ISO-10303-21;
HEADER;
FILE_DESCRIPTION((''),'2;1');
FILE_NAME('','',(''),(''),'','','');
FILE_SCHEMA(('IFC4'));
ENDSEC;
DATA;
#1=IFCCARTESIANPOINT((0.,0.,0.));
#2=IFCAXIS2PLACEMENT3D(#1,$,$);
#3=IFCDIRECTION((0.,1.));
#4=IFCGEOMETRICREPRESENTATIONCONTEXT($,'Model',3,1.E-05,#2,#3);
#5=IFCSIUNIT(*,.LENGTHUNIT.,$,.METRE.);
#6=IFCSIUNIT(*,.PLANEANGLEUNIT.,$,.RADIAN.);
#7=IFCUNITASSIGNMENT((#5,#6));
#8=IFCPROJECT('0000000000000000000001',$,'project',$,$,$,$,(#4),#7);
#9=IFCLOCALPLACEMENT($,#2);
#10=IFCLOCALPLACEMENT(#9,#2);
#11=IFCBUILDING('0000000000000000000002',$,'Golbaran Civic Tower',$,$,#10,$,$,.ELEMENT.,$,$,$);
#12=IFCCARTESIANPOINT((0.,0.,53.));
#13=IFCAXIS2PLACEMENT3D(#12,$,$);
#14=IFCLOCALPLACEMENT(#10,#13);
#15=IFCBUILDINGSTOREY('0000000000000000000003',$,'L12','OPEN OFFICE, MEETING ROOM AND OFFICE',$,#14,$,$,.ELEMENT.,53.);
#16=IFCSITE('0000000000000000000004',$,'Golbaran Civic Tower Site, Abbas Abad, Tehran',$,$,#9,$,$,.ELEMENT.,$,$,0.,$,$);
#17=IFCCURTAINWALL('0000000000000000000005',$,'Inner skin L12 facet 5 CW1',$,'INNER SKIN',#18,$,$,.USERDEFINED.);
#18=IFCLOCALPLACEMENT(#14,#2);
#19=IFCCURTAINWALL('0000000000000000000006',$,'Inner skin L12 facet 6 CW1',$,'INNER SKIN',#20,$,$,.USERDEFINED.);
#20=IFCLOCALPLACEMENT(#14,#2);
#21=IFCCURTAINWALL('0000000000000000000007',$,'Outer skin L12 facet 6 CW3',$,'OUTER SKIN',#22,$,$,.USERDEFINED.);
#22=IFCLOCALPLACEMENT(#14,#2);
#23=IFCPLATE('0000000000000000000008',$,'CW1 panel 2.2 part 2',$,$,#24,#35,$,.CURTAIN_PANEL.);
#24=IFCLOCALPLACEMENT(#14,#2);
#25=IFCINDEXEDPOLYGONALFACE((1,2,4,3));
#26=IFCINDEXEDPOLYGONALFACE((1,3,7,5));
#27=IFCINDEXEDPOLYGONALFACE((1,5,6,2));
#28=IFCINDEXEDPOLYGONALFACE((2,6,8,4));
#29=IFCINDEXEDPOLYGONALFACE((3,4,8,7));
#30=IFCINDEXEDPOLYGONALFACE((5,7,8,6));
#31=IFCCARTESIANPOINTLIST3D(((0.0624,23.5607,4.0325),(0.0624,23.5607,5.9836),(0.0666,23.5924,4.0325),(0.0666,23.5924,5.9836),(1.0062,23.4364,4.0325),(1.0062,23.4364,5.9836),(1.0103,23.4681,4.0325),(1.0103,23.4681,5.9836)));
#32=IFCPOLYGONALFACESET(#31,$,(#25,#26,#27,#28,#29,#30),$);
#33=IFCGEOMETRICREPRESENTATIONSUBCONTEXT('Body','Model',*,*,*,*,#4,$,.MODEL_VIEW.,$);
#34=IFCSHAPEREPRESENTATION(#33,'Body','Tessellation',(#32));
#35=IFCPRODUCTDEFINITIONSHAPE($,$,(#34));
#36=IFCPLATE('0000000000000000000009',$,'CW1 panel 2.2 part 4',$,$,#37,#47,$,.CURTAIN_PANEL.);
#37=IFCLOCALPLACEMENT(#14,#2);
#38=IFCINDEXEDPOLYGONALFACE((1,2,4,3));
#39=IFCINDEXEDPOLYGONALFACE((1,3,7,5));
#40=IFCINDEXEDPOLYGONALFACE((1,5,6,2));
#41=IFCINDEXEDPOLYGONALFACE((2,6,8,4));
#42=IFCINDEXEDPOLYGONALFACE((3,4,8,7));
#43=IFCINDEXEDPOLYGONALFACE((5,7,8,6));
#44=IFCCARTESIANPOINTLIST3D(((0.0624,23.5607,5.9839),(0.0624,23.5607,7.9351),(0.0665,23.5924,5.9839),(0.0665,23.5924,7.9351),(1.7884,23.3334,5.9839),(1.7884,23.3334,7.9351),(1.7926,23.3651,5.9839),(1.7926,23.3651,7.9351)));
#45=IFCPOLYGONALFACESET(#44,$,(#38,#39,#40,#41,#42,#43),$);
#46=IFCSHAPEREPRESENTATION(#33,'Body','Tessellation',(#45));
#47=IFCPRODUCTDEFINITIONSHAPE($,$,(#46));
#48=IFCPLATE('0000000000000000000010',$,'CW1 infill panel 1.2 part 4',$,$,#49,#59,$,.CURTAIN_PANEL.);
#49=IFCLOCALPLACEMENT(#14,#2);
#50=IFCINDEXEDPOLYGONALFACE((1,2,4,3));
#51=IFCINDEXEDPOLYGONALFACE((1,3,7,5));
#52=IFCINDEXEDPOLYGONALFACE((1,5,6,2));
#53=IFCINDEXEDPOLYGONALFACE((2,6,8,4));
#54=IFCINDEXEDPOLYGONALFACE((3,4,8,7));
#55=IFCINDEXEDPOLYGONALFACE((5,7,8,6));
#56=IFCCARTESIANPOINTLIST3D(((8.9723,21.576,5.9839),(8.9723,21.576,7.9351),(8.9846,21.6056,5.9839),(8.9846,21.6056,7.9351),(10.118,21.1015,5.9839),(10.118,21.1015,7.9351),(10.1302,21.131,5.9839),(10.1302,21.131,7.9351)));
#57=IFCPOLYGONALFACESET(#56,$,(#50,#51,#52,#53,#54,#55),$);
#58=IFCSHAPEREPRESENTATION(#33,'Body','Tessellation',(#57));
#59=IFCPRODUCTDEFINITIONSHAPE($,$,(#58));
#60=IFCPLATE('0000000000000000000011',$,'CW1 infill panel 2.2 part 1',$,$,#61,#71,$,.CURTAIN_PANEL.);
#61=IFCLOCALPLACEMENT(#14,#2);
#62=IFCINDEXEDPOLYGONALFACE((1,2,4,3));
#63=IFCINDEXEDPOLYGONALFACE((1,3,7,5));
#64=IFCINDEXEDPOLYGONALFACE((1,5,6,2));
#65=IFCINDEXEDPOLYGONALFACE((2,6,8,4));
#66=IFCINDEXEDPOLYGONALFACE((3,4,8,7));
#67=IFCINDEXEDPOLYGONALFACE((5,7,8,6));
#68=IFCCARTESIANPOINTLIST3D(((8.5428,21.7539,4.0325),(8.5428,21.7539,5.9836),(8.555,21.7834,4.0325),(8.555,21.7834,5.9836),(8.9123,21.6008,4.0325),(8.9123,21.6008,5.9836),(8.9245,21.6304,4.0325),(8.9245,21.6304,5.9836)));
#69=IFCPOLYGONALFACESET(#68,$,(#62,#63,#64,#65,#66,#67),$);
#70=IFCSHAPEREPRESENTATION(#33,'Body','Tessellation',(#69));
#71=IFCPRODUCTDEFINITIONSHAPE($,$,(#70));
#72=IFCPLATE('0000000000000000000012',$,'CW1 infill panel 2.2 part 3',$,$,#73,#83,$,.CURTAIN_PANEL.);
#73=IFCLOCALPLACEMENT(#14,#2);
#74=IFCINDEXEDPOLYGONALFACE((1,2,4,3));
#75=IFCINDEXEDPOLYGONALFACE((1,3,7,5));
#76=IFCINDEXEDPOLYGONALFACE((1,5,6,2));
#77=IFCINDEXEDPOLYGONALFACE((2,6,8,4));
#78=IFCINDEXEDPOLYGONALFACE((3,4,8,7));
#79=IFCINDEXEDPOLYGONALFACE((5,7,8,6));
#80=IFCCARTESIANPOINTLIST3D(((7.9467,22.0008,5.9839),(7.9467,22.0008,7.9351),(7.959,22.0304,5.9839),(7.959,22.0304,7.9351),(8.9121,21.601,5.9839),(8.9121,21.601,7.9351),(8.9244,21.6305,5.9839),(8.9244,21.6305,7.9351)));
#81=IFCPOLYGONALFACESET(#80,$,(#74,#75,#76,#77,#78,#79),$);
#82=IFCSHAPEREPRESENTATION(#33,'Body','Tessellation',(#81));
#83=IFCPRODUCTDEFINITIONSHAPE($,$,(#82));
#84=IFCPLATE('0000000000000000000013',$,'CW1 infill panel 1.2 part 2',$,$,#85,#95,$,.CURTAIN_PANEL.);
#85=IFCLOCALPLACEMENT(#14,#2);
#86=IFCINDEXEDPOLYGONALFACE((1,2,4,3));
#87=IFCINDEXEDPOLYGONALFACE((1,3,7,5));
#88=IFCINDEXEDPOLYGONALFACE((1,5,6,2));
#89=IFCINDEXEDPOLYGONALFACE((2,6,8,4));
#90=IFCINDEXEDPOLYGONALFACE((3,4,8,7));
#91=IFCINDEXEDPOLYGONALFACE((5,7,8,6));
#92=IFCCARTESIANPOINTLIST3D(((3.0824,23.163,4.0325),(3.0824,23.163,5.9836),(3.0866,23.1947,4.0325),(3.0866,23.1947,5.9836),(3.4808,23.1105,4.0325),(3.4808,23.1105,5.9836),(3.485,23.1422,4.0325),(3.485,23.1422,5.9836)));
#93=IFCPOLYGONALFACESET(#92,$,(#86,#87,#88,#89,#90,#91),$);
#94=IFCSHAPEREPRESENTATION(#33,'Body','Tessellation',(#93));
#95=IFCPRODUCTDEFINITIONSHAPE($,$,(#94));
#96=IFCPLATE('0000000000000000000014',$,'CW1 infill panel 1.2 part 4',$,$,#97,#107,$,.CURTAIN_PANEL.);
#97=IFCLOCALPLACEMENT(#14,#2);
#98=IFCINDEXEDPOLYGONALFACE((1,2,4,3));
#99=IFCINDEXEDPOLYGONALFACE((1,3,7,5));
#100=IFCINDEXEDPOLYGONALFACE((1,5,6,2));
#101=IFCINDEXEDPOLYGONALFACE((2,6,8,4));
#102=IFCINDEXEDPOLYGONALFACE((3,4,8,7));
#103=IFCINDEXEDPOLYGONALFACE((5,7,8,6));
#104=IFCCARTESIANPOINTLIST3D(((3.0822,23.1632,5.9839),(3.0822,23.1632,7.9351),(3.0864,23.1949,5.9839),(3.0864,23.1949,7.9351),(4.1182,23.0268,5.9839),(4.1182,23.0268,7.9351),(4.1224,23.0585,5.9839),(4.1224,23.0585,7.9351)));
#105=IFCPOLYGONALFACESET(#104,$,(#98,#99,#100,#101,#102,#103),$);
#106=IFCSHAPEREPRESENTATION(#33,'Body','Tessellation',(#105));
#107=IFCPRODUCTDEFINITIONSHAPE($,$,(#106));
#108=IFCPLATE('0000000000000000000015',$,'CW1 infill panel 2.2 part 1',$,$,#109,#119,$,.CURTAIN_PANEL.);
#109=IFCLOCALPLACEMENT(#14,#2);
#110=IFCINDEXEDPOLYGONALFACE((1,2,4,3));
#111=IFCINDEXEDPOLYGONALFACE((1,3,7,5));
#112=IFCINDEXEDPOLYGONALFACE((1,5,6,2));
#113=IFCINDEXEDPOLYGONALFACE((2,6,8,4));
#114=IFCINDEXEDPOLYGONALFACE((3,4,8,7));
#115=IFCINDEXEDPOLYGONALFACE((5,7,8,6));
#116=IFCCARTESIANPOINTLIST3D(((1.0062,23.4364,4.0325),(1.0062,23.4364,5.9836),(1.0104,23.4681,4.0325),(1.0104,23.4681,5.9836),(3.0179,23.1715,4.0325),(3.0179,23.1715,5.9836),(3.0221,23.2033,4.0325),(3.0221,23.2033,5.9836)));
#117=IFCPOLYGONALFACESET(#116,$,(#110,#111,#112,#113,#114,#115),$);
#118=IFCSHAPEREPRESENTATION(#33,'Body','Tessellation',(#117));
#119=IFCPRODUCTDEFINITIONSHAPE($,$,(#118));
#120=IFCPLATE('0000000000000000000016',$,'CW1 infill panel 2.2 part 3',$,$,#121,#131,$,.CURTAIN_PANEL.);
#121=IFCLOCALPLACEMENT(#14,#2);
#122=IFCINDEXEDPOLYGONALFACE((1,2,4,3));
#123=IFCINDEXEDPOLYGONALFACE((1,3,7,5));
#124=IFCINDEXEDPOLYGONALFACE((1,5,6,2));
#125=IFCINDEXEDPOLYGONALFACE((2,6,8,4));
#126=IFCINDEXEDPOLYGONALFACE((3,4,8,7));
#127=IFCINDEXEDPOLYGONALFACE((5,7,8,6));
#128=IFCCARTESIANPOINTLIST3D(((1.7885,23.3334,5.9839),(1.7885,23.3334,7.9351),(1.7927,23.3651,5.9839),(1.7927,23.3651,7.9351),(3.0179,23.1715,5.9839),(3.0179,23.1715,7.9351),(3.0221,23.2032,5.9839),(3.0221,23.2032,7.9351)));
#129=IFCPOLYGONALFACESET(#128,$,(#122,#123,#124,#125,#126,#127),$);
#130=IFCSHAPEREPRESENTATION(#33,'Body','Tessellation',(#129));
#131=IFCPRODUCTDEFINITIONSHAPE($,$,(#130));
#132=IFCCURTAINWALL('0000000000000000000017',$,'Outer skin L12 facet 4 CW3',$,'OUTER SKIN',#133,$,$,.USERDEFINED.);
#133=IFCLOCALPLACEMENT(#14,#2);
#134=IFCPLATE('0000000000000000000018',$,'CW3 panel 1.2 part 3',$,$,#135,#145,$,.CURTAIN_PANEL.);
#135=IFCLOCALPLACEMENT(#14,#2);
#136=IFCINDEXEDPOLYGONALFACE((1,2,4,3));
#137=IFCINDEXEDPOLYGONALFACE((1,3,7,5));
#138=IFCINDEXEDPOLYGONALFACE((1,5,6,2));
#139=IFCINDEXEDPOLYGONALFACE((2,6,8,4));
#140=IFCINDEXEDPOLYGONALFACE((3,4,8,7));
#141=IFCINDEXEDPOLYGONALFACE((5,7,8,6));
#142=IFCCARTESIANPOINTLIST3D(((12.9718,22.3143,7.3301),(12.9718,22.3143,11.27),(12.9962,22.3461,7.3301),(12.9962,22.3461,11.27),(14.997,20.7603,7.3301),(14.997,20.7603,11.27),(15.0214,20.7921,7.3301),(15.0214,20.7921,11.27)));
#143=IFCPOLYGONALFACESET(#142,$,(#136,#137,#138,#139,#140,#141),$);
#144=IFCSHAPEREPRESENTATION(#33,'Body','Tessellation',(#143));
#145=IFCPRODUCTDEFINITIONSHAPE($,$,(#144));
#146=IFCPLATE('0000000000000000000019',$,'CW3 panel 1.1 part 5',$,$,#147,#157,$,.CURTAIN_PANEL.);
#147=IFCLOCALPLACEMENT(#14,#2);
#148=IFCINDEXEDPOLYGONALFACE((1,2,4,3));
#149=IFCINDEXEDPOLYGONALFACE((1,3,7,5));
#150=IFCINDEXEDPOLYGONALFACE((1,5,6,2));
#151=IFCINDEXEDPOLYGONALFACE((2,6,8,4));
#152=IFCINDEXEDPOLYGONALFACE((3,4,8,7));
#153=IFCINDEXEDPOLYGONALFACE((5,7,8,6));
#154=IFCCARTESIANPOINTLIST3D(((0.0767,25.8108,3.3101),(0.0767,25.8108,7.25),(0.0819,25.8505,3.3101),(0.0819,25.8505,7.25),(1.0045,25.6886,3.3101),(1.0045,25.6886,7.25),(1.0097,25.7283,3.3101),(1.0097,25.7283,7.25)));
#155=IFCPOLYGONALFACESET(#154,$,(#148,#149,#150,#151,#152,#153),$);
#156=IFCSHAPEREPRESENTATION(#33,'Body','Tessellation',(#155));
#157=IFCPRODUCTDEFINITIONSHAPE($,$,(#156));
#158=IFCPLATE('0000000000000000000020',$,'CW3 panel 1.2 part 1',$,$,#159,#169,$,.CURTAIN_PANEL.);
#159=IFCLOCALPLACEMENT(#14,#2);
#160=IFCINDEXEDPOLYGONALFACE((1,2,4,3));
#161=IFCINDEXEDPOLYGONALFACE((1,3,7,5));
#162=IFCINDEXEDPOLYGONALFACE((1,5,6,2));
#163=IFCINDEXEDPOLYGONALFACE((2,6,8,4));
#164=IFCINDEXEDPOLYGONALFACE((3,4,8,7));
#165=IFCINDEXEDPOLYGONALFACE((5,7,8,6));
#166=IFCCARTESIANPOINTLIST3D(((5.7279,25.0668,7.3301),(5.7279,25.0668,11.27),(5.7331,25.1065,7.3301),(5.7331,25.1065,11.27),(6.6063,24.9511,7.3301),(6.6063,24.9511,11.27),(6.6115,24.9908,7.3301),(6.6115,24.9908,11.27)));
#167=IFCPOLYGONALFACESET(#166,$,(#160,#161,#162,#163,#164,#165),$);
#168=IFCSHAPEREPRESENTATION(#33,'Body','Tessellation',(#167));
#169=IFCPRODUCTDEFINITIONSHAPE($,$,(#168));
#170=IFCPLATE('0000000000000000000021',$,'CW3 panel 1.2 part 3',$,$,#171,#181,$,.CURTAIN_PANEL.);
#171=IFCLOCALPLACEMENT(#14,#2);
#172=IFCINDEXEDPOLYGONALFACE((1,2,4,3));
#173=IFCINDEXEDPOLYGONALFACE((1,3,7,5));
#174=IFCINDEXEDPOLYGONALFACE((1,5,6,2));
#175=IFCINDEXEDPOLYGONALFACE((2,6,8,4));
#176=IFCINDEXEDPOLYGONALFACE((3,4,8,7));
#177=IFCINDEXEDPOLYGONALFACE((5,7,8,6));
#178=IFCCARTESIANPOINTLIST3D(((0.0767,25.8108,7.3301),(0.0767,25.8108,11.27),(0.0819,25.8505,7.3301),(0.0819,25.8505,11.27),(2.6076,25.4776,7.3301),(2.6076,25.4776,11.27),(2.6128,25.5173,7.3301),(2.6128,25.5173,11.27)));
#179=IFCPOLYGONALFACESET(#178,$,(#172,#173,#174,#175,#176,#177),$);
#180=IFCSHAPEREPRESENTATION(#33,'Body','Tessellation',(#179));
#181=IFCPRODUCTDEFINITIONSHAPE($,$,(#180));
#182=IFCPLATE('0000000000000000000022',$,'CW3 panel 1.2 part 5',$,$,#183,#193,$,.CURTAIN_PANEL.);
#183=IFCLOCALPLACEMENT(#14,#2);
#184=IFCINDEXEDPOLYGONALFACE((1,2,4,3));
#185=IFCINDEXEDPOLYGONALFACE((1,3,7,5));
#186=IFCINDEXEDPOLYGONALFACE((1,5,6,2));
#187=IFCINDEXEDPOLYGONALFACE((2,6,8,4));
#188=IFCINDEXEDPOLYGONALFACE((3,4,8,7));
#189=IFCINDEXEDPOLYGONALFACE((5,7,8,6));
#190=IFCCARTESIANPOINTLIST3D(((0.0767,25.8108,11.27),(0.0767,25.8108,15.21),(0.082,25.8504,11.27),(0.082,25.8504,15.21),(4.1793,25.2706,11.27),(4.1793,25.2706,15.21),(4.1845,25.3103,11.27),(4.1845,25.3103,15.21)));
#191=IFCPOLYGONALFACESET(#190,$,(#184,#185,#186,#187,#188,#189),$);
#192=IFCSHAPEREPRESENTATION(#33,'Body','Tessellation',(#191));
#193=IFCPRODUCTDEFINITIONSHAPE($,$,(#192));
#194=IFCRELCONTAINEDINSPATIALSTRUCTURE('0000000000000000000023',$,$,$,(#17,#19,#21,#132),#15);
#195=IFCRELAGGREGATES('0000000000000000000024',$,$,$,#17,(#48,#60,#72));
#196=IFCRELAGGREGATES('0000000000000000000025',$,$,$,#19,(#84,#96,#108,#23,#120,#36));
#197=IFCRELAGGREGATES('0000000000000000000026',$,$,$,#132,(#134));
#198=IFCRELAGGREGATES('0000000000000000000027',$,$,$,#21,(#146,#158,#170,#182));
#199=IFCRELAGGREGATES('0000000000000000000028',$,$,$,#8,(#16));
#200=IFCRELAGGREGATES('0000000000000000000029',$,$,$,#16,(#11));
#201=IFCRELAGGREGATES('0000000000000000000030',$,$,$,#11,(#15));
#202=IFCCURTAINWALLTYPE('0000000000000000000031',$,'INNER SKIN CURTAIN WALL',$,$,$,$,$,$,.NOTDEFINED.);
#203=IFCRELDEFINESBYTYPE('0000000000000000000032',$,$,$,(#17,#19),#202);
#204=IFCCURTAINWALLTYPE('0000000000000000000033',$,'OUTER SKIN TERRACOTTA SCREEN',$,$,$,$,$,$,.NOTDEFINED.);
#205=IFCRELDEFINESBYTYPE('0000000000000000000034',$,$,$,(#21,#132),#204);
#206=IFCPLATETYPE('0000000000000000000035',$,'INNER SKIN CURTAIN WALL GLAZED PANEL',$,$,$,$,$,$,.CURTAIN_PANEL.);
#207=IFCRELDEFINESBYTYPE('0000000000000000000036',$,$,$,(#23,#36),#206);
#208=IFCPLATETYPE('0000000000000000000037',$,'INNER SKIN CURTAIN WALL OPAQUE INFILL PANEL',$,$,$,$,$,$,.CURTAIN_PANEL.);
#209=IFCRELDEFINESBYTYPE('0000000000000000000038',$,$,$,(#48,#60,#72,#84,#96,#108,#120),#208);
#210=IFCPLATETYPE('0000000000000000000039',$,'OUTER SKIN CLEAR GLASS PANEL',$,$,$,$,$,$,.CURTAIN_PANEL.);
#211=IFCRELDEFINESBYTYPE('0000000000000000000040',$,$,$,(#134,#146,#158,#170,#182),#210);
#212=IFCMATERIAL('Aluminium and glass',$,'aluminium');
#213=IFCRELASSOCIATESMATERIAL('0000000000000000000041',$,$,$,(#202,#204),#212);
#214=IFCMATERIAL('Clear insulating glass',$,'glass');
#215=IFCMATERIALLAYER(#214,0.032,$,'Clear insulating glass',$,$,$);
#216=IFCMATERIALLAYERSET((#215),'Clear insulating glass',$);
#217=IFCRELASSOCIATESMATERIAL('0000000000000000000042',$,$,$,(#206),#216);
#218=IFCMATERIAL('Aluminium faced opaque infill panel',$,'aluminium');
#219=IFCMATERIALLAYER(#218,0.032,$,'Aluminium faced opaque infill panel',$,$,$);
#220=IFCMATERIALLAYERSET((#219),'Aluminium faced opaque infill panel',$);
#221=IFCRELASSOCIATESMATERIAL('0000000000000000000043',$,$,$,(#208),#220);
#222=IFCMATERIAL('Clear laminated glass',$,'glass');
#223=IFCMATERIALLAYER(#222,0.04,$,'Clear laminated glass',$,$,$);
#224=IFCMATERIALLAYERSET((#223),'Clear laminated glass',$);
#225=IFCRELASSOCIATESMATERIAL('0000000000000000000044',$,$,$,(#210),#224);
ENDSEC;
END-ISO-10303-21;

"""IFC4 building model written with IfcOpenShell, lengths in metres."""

from ifc_helpers import new_model, si_unit, direction, frame, origin, origin_2d, place, context, subcontext, project, spatial, rectangle, extrude, material, layer, layer_set, type_object, element, aggregate, save


model = new_model("IFC4")

# Units and contexts
model_context = context("Model", 3, precision=1e-05, world=origin(), true_north=direction((0.0, 1.0)))
body_context = subcontext(model_context, "Body", "Model", "MODEL_VIEW")
ifc_project = project(units=[si_unit("LENGTHUNIT", "METRE"), si_unit("PLANEANGLEUNIT", "RADIAN")], contexts=[model_context])

# Site, building, storey
site_placement = place(None, origin())
site = spatial("IfcSite", under=ifc_project, at=site_placement, Name="Golbaran Civic Tower Site, Abbas Abad, Tehran", CompositionType="ELEMENT", RefElevation=0.0)
building_placement = place(site_placement, origin())
building = spatial("IfcBuilding", under=site, at=building_placement, Name="Golbaran Civic Tower", CompositionType="ELEMENT")
storey_placement = place(building_placement, frame((0.0, 0.0, 53.0)))
storey = spatial("IfcBuildingStorey", under=building, at=storey_placement, Name="L12", Description="OPEN OFFICE, MEETING ROOM AND OFFICE", CompositionType="ELEMENT", Elevation=53.0)

# Curtain walls
ifc_material_1 = material(Name="Aluminium and glass", Category="aluminium")
curtain_wall_type_1 = type_object("IfcCurtainWallType", Name="INNER SKIN CURTAIN WALL", PredefinedType="NOTDEFINED", material=ifc_material_1)
curtain_wall_1_placement = place(storey_placement, origin())
curtain_wall_1 = element("IfcCurtainWall", 1, at=curtain_wall_1_placement, inside=storey, type_object=curtain_wall_type_1, Name="Inner skin L12 facet 5 CW1", ObjectType="INNER SKIN", PredefinedType="USERDEFINED")
curtain_wall_2_placement = place(storey_placement, origin())
curtain_wall_2 = element("IfcCurtainWall", 2, at=curtain_wall_2_placement, inside=storey, type_object=curtain_wall_type_1, Name="Inner skin L12 facet 6 CW1", ObjectType="INNER SKIN", PredefinedType="USERDEFINED")
curtain_wall_type_2 = type_object("IfcCurtainWallType", Name="OUTER SKIN TERRACOTTA SCREEN", PredefinedType="NOTDEFINED", material=ifc_material_1)
curtain_wall_3_placement = place(storey_placement, origin())
curtain_wall_3 = element("IfcCurtainWall", 3, at=curtain_wall_3_placement, inside=storey, type_object=curtain_wall_type_2, Name="Outer skin L12 facet 6 CW3", ObjectType="OUTER SKIN", PredefinedType="USERDEFINED")

# Plates
ifc_material_2 = material(Name="Clear insulating glass", Category="glass")
ifc_layer_1 = layer(ifc_material_2, 0.032, Name="Clear insulating glass")
ifc_layer_set_1 = layer_set([ifc_layer_1], Name="Clear insulating glass")
plate_type_1 = type_object("IfcPlateType", Name="INNER SKIN CURTAIN WALL GLAZED PANEL", PredefinedType="CURTAIN_PANEL", material=ifc_layer_set_1)
plate_1_placement = place(storey_placement, frame((0.5364, 23.5144, 4.0325), z_axis=(0.0, 0.0, 1.0), x_axis=(-0.991445, 0.130526, 0.0)))
plate_1 = element("IfcPlate", 4, at=plate_1_placement, type_object=plate_type_1, Name="CW1 panel 2.2 part 2", PredefinedType="CURTAIN_PANEL", context=body_context, shape_type="SweptSolid", body=[
    extrude(rectangle(XDim=0.9519, YDim=0.032, at=origin_2d()), origin(), (0.0, 0.0, 1.0), 1.9512),
])
plate_2_placement = place(storey_placement, frame((0.9275, 23.4629, 5.9839), z_axis=(0.0, 0.0, 1.0), x_axis=(-0.991445, 0.130526, 0.0)))
plate_2 = element("IfcPlate", 5, at=plate_2_placement, type_object=plate_type_1, Name="CW1 panel 2.2 part 4", PredefinedType="CURTAIN_PANEL", context=body_context, shape_type="SweptSolid", body=[
    extrude(rectangle(XDim=1.741, YDim=0.032, at=origin_2d()), origin(), (0.0, 0.0, 1.0), 1.9512),
])
ifc_material_3 = material(Name="Aluminium faced opaque infill panel", Category="aluminium")
ifc_layer_2 = layer(ifc_material_3, 0.032, Name="Aluminium faced opaque infill panel")
ifc_layer_set_2 = layer_set([ifc_layer_2], Name="Aluminium faced opaque infill panel")
plate_type_2 = type_object("IfcPlateType", Name="INNER SKIN CURTAIN WALL OPAQUE INFILL PANEL", PredefinedType="CURTAIN_PANEL", material=ifc_layer_set_2)
plate_3_placement = place(storey_placement, frame((9.5513, 21.3535, 5.9839), z_axis=(0.0, 0.0, 1.0), x_axis=(-0.92388, 0.382683, 0.0)))
plate_3 = element("IfcPlate", 6, at=plate_3_placement, type_object=plate_type_2, Name="CW1 infill panel 1.2 part 4", PredefinedType="CURTAIN_PANEL", context=body_context, shape_type="SweptSolid", body=[
    extrude(rectangle(XDim=1.24, YDim=0.032, at=origin_2d()), origin(), (0.0, 0.0, 1.0), 1.9512),
])
plate_4_placement = place(storey_placement, frame((8.7336, 21.6921, 4.0325), z_axis=(0.0, 0.0, 1.0), x_axis=(-0.92388, 0.382683, 0.0)))
plate_4 = element("IfcPlate", 7, at=plate_4_placement, type_object=plate_type_2, Name="CW1 infill panel 2.2 part 1", PredefinedType="CURTAIN_PANEL", context=body_context, shape_type="SweptSolid", body=[
    extrude(rectangle(XDim=0.3999, YDim=0.032, at=origin_2d()), origin(), (0.0, 0.0, 1.0), 1.9512),
])
plate_5_placement = place(storey_placement, frame((8.4355, 21.8157, 5.9839), z_axis=(0.0, 0.0, 1.0), x_axis=(-0.92388, 0.382683, 0.0)))
plate_5 = element("IfcPlate", 8, at=plate_5_placement, type_object=plate_type_2, Name="CW1 infill panel 2.2 part 3", PredefinedType="CURTAIN_PANEL", context=body_context, shape_type="SweptSolid", body=[
    extrude(rectangle(XDim=1.0449, YDim=0.032, at=origin_2d()), origin(), (0.0, 0.0, 1.0), 1.9512),
])
aggregate(curtain_wall_1, [plate_3, plate_4, plate_5])
plate_6_placement = place(storey_placement, frame((3.2837, 23.1526, 4.0325), z_axis=(0.0, 0.0, 1.0), x_axis=(-0.991445, 0.130526, 0.0)))
plate_6 = element("IfcPlate", 9, at=plate_6_placement, type_object=plate_type_2, Name="CW1 infill panel 1.2 part 2", PredefinedType="CURTAIN_PANEL", context=body_context, shape_type="SweptSolid", body=[
    extrude(rectangle(XDim=0.4019, YDim=0.032, at=origin_2d()), origin(), (0.0, 0.0, 1.0), 1.9512),
])
plate_7_placement = place(storey_placement, frame((3.6023, 23.1108, 5.9839), z_axis=(0.0, 0.0, 1.0), x_axis=(-0.991445, 0.130526, 0.0)))
plate_7 = element("IfcPlate", 10, at=plate_7_placement, type_object=plate_type_2, Name="CW1 infill panel 1.2 part 4", PredefinedType="CURTAIN_PANEL", context=body_context, shape_type="SweptSolid", body=[
    extrude(rectangle(XDim=1.0449, YDim=0.032, at=origin_2d()), origin(), (0.0, 0.0, 1.0), 1.9512),
])
plate_8_placement = place(storey_placement, frame((2.0142, 23.3198, 4.0325), z_axis=(0.0, 0.0, 1.0), x_axis=(-0.991445, 0.130526, 0.0)))
plate_8 = element("IfcPlate", 11, at=plate_8_placement, type_object=plate_type_2, Name="CW1 infill panel 2.2 part 1", PredefinedType="CURTAIN_PANEL", context=body_context, shape_type="SweptSolid", body=[
    extrude(rectangle(XDim=2.0291, YDim=0.032, at=origin_2d()), origin(), (0.0, 0.0, 1.0), 1.9512),
])
plate_9_placement = place(storey_placement, frame((2.4053, 23.2683, 5.9839), z_axis=(0.0, 0.0, 1.0), x_axis=(-0.991445, 0.130526, 0.0)))
plate_9 = element("IfcPlate", 12, at=plate_9_placement, type_object=plate_type_2, Name="CW1 infill panel 2.2 part 3", PredefinedType="CURTAIN_PANEL", context=body_context, shape_type="SweptSolid", body=[
    extrude(rectangle(XDim=1.24, YDim=0.032, at=origin_2d()), origin(), (0.0, 0.0, 1.0), 1.9512),
])
aggregate(curtain_wall_2, [plate_6, plate_7, plate_8, plate_1, plate_9, plate_2])

# Curtain wall, plate
curtain_wall_4_placement = place(storey_placement, origin())
curtain_wall_4 = element("IfcCurtainWall", 13, at=curtain_wall_4_placement, inside=storey, type_object=curtain_wall_type_2, Name="Outer skin L12 facet 4 CW3", ObjectType="OUTER SKIN", PredefinedType="USERDEFINED")
ifc_material_4 = material(Name="Clear laminated glass", Category="glass")
ifc_layer_3 = layer(ifc_material_4, 0.04, Name="Clear laminated glass")
ifc_layer_set_3 = layer_set([ifc_layer_3], Name="Clear laminated glass")
plate_type_3 = type_object("IfcPlateType", Name="OUTER SKIN CLEAR GLASS PANEL", PredefinedType="CURTAIN_PANEL", material=ifc_layer_set_3)
plate_10_placement = place(storey_placement, frame((13.9966, 21.5532, 7.3301), z_axis=(0.0, 0.0, 1.0), x_axis=(-0.793353, 0.608761, 0.0)))
plate_10 = element("IfcPlate", 14, at=plate_10_placement, type_object=plate_type_3, Name="CW3 panel 1.2 part 3", PredefinedType="CURTAIN_PANEL", context=body_context, shape_type="SweptSolid", body=[
    extrude(rectangle(XDim=2.5527, YDim=0.04, at=origin_2d()), origin(), (0.0, 0.0, 1.0), 3.9399),
])
aggregate(curtain_wall_4, [plate_10])

# Plates
plate_11_placement = place(storey_placement, frame((0.5432, 25.7695, 3.3101), z_axis=(0.0, 0.0, 1.0), x_axis=(-0.991445, 0.130526, 0.0)))
plate_11 = element("IfcPlate", 15, at=plate_11_placement, type_object=plate_type_3, Name="CW3 panel 1.1 part 5", PredefinedType="CURTAIN_PANEL", context=body_context, shape_type="SweptSolid", body=[
    extrude(rectangle(XDim=0.9358, YDim=0.04, at=origin_2d()), origin(), (0.0, 0.0, 1.0), 3.9399),
])
plate_12_placement = place(storey_placement, frame((6.1697, 25.0288, 7.3301), z_axis=(0.0, 0.0, 1.0), x_axis=(-0.991445, 0.130526, 0.0)))
plate_12 = element("IfcPlate", 16, at=plate_12_placement, type_object=plate_type_3, Name="CW3 panel 1.2 part 1", PredefinedType="CURTAIN_PANEL", context=body_context, shape_type="SweptSolid", body=[
    extrude(rectangle(XDim=0.886, YDim=0.04, at=origin_2d()), origin(), (0.0, 0.0, 1.0), 3.9399),
])
plate_13_placement = place(storey_placement, frame((1.3447, 25.6641, 7.3301), z_axis=(0.0, 0.0, 1.0), x_axis=(-0.991445, 0.130526, 0.0)))
plate_13 = element("IfcPlate", 17, at=plate_13_placement, type_object=plate_type_3, Name="CW3 panel 1.2 part 3", PredefinedType="CURTAIN_PANEL", context=body_context, shape_type="SweptSolid", body=[
    extrude(rectangle(XDim=2.5527, YDim=0.04, at=origin_2d()), origin(), (0.0, 0.0, 1.0), 3.9399),
])
plate_14_placement = place(storey_placement, frame((2.1306, 25.5605, 11.27), z_axis=(0.0, 0.0, 1.0), x_axis=(-0.991445, 0.130526, 0.0)))
plate_14 = element("IfcPlate", 18, at=plate_14_placement, type_object=plate_type_3, Name="CW3 panel 1.2 part 5", PredefinedType="CURTAIN_PANEL", context=body_context, shape_type="SweptSolid", body=[
    extrude(rectangle(XDim=4.1379, YDim=0.04, at=origin_2d()), origin(), (0.0, 0.0, 1.0), 3.9399),
])
aggregate(curtain_wall_3, [plate_11, plate_12, plate_13, plate_14])

save(model, "model.ifc")
